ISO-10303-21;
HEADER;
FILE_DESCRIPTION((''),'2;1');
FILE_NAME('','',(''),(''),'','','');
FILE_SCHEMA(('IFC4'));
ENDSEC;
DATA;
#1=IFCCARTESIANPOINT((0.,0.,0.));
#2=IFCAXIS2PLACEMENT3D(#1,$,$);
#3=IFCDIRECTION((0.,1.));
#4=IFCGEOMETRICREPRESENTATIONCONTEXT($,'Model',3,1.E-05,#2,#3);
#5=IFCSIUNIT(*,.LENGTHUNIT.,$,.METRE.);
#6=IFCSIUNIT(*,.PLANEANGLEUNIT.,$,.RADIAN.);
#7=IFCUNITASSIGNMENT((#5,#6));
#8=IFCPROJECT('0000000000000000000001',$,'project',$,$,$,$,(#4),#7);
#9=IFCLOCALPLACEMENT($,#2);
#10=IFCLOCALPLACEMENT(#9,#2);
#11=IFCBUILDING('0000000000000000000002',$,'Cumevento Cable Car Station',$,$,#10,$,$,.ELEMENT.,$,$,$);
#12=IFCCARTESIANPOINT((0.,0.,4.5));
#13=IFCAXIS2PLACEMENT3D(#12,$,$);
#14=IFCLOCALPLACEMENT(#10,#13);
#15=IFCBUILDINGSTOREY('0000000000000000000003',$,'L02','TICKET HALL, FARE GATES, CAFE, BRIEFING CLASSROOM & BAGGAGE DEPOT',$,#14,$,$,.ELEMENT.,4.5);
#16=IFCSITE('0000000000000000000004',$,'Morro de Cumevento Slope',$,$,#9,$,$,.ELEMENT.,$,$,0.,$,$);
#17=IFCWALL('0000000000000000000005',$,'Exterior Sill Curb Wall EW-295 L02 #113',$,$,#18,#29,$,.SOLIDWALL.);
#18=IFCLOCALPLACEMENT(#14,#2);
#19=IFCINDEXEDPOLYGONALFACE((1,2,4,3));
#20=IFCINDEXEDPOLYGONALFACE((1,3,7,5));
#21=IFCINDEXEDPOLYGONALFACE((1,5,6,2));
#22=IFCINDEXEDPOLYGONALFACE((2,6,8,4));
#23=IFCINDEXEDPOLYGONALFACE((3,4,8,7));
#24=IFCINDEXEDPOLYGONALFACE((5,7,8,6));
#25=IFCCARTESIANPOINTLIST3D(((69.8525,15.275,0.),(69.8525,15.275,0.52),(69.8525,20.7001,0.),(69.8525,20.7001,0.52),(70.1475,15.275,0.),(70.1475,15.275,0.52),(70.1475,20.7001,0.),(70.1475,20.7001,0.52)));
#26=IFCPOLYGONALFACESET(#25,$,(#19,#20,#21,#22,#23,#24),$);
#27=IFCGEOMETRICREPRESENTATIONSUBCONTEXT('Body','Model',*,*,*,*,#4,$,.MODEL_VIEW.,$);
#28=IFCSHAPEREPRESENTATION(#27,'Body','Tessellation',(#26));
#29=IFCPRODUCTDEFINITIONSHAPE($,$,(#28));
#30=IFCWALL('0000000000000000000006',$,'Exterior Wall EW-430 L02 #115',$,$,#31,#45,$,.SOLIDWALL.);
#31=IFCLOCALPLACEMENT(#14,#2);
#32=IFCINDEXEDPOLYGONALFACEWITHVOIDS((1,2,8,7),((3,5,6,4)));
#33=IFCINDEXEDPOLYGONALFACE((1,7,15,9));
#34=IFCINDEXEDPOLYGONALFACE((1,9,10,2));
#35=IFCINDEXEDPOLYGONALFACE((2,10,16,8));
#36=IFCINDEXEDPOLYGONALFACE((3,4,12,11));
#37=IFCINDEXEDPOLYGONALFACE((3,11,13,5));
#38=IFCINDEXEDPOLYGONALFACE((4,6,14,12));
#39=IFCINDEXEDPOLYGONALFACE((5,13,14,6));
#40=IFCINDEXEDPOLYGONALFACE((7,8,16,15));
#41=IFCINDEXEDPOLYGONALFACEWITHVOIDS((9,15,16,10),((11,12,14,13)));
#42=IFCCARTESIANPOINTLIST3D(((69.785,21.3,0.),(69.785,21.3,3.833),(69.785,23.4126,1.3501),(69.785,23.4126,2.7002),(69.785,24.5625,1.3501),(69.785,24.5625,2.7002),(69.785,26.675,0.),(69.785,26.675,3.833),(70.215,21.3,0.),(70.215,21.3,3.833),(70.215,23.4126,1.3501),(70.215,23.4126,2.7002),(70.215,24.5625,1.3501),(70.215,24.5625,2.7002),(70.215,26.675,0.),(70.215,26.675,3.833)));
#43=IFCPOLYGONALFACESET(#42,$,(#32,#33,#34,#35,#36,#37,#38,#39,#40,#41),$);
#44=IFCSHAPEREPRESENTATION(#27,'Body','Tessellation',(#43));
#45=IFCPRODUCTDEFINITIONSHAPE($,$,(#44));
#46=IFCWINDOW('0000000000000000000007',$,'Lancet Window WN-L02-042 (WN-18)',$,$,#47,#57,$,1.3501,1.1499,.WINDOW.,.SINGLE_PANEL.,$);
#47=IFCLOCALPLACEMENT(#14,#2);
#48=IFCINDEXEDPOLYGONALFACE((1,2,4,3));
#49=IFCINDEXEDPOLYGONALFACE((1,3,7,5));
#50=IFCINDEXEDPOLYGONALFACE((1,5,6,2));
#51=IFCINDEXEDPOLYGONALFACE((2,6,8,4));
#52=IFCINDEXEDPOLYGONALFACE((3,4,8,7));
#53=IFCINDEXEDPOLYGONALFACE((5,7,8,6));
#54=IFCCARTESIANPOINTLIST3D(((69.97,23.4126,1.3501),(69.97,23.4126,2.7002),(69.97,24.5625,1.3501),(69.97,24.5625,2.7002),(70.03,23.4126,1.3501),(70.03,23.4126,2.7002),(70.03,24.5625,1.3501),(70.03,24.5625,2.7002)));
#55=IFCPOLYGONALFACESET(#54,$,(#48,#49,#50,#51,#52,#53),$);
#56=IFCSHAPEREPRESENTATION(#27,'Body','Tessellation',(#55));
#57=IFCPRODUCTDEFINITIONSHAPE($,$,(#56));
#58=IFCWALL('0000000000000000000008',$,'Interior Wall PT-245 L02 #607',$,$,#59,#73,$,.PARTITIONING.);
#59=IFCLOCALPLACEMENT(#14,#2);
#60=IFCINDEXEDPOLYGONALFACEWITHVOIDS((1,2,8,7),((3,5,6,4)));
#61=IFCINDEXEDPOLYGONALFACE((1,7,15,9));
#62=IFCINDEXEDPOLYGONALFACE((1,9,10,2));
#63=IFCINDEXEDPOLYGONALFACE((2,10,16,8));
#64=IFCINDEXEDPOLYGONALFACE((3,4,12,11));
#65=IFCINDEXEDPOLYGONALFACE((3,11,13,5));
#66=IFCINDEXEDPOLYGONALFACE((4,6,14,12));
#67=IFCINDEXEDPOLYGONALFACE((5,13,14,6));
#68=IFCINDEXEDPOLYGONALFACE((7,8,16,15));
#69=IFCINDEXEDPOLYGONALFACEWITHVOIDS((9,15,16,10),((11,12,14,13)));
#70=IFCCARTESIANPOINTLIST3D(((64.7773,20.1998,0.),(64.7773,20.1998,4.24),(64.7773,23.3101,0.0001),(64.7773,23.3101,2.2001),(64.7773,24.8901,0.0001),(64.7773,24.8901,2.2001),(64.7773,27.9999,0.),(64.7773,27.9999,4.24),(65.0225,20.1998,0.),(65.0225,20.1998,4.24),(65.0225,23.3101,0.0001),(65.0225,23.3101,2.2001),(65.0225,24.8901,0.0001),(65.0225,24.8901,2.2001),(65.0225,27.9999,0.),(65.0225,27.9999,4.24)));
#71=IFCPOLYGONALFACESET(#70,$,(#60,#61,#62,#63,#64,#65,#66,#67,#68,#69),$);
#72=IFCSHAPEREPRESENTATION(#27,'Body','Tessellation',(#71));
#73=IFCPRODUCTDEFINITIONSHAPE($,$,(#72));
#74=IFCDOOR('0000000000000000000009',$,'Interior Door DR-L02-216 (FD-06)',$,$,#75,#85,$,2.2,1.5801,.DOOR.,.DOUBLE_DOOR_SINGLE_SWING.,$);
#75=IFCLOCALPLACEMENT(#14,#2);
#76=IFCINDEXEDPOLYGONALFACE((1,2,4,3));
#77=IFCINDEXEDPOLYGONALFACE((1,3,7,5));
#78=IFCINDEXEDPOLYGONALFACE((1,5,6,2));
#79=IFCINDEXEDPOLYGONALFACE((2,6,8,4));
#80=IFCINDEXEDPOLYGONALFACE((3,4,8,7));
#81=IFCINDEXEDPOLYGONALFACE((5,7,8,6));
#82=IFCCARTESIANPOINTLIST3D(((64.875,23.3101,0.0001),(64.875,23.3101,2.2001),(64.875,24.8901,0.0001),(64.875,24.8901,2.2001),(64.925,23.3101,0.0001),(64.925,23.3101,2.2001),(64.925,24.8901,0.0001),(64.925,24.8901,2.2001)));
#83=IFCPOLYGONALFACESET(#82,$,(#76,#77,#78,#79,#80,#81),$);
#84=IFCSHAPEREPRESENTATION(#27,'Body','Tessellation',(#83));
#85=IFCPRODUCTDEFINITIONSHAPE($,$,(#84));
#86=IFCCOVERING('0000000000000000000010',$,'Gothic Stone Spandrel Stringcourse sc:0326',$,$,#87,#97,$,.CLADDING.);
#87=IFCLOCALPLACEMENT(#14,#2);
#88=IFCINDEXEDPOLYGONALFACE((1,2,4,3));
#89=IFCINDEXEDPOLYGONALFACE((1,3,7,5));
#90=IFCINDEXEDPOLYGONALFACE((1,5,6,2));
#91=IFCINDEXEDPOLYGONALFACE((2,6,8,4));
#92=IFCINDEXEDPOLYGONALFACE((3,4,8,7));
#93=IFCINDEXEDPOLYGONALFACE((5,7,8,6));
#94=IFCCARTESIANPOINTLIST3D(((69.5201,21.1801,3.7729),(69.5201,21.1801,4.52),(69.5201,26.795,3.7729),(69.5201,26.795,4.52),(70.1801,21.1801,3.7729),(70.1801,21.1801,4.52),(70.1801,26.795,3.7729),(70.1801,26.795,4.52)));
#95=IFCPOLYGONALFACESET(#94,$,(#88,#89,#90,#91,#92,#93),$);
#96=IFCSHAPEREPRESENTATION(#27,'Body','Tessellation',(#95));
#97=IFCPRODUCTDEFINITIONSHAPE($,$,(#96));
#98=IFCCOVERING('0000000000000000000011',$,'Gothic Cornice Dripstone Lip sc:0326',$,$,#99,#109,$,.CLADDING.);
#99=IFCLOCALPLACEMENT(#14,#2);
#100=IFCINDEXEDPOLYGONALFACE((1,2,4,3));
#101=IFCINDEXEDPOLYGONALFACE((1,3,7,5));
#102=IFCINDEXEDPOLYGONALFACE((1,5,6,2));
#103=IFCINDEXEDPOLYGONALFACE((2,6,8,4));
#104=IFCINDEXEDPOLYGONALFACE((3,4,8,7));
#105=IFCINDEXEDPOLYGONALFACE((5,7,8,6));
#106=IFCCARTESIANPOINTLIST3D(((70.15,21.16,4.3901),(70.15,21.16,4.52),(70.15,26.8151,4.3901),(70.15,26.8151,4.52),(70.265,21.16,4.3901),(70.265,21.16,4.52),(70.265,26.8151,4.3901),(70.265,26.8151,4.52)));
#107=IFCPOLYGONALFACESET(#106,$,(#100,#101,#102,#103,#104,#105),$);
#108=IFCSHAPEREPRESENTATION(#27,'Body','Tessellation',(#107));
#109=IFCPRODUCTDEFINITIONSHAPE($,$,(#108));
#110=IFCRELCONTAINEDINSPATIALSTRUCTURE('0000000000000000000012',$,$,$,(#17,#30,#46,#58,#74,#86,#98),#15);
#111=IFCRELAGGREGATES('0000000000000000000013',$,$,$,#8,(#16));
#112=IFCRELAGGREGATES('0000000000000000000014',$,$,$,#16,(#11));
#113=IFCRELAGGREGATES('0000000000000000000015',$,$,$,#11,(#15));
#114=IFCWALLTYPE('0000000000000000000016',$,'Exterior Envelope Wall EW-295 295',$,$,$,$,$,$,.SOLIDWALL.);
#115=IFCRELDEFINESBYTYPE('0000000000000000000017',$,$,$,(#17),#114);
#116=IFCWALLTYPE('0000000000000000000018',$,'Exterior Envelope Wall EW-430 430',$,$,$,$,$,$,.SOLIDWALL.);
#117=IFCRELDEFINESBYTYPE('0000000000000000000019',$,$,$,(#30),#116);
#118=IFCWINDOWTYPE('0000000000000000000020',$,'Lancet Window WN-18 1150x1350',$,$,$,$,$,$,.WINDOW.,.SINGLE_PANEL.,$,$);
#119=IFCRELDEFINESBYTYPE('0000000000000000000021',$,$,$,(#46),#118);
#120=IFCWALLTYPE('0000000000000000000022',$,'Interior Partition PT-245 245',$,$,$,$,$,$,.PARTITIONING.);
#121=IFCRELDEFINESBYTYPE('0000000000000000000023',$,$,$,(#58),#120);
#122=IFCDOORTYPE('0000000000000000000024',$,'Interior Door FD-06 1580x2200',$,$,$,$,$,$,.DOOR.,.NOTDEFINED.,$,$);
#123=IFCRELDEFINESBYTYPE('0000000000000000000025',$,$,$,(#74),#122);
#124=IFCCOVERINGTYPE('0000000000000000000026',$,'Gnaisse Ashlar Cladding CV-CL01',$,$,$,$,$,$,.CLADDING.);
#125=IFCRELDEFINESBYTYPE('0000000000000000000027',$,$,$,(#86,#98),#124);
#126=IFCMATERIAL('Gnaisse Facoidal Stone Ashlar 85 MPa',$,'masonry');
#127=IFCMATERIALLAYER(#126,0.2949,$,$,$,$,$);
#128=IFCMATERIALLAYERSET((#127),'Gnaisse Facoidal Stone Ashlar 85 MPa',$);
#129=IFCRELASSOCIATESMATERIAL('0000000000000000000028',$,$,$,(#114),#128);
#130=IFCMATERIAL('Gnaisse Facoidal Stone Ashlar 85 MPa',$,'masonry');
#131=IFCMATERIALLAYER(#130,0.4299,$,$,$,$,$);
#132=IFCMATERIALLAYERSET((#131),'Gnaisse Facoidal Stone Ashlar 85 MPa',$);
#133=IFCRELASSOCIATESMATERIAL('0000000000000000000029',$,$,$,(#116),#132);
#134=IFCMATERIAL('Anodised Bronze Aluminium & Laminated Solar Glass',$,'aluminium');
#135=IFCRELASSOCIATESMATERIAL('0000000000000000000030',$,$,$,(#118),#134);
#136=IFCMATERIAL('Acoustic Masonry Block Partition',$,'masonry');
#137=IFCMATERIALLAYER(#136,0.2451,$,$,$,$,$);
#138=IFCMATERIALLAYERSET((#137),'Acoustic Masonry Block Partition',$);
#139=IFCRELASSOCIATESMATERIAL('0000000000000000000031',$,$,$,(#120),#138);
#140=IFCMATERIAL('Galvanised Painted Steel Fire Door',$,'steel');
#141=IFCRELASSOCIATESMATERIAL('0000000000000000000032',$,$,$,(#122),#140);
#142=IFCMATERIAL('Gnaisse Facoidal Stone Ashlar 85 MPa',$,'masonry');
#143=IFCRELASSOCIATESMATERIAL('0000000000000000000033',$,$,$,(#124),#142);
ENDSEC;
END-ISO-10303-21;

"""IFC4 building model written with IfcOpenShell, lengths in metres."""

from ifc_helpers import new_model, si_unit, direction, frame, frame_2d, origin, origin_2d, place, context, subcontext, project, spatial, rectangle, extrude, material, layer, layer_set, type_object, element, fill, save


model = new_model("IFC4")

# Units and contexts
model_context = context("Model", 3, precision=1e-05, world=origin(), true_north=direction((0.0, 1.0)))
body_context = subcontext(model_context, "Body", "Model", "MODEL_VIEW")
ifc_project = project(units=[si_unit("LENGTHUNIT", "METRE"), si_unit("PLANEANGLEUNIT", "RADIAN")], contexts=[model_context])

# Site, building, storey
site_placement = place(None, origin())
site = spatial("IfcSite", under=ifc_project, at=site_placement, Name="Morro de Cumevento Slope", CompositionType="ELEMENT", RefElevation=0.0)
building_placement = place(site_placement, origin())
building = spatial("IfcBuilding", under=site, at=building_placement, Name="Cumevento Cable Car Station", CompositionType="ELEMENT")
storey_placement = place(building_placement, frame((0.0, 0.0, 4.5)))
storey = spatial("IfcBuildingStorey", under=building, at=storey_placement, Name="L02", Description="TICKET HALL, FARE GATES, CAFE, BRIEFING CLASSROOM & BAGGAGE DEPOT", CompositionType="ELEMENT", Elevation=4.5)

# Wall
ifc_material_1 = material(Name="Gnaisse Facoidal Stone Ashlar 85 MPa", Category="masonry")
ifc_layer_1 = layer(ifc_material_1, 0.2949)
ifc_layer_set_1 = layer_set([ifc_layer_1], Name="Gnaisse Facoidal Stone Ashlar 85 MPa")
wall_type_1 = type_object("IfcWallType", Name="Exterior Envelope Wall EW-295 295", PredefinedType="SOLIDWALL", material=ifc_layer_set_1)
wall_1_placement = place(storey_placement, frame((70.0, 20.7, 0.0), z_axis=(0.0, 0.0, 1.0), x_axis=(0.0, -1.0, 0.0)))
element("IfcWall", 1, at=wall_1_placement, inside=storey, type_object=wall_type_1, Name="Exterior Sill Curb Wall EW-295 L02 #113", PredefinedType="SOLIDWALL", context=body_context, shape_type="SweptSolid", body=[
    extrude(rectangle(XDim=5.425, YDim=0.2949, at=frame_2d((2.7124, 0.0))), origin(), (0.0, 0.0, 1.0), 0.52),
])

# Wall, opening, window
ifc_material_2 = material(Name="Gnaisse Facoidal Stone Ashlar 85 MPa", Category="masonry")
ifc_layer_2 = layer(ifc_material_2, 0.4299)
ifc_layer_set_2 = layer_set([ifc_layer_2], Name="Gnaisse Facoidal Stone Ashlar 85 MPa")
wall_type_2 = type_object("IfcWallType", Name="Exterior Envelope Wall EW-430 430", PredefinedType="SOLIDWALL", material=ifc_layer_set_2)
wall_2_placement = place(storey_placement, frame((70.0, 26.675, 0.0), z_axis=(0.0, 0.0, 1.0), x_axis=(0.0, -1.0, 0.0)))
wall_2 = element("IfcWall", 2, at=wall_2_placement, inside=storey, type_object=wall_type_2, Name="Exterior Wall EW-430 L02 #115", PredefinedType="SOLIDWALL", context=body_context, shape_type="SweptSolid", body=[
    extrude(rectangle(XDim=5.375, YDim=0.4299, at=frame_2d((2.6875, 0.0))), origin(), (0.0, 0.0, 1.0), 3.833),
])
opening_1_placement = place(wall_2_placement, frame((2.1125, 0.0, 1.3501)))
opening_1 = element("IfcOpeningElement", 3, at=opening_1_placement, cuts=wall_2, PredefinedType="OPENING", context=body_context, shape_type="SweptSolid", body=[
    extrude(rectangle(XDim=1.1499, YDim=1.3501, at=frame_2d((0.575, 0.675))), frame((0.0, 0.2249, 0.0), z_axis=(0.0, -1.0, 0.0), x_axis=(1.0, 0.0, 0.0)), (0.0, 0.0, 1.0), 0.45),
])
ifc_material_3 = material(Name="Anodised Bronze Aluminium & Laminated Solar Glass", Category="aluminium")
window_type = type_object("IfcWindowType", Name="Lancet Window WN-18 1150x1350", PartitioningType="SINGLE_PANEL", PredefinedType="WINDOW", material=ifc_material_3)
window_placement = place(opening_1_placement, origin())
window = element("IfcWindow", 4, at=window_placement, inside=storey, type_object=window_type, Name="Lancet Window WN-L02-042 (WN-18)", OverallHeight=1.3501, OverallWidth=1.1499, PartitioningType="SINGLE_PANEL", PredefinedType="WINDOW", context=body_context, shape_type="SweptSolid", body=[
    extrude(rectangle(XDim=1.1499, YDim=1.3501, at=frame_2d((0.575, 0.675))), frame((0.0, 0.03, 0.0), z_axis=(0.0, -1.0, 0.0), x_axis=(1.0, 0.0, 0.0)), (0.0, 0.0, 1.0), 0.0601),
])
fill(opening_1, window)

# Wall, opening, door
ifc_material_4 = material(Name="Acoustic Masonry Block Partition", Category="masonry")
ifc_layer_3 = layer(ifc_material_4, 0.2451)
ifc_layer_set_3 = layer_set([ifc_layer_3], Name="Acoustic Masonry Block Partition")
wall_type_3 = type_object("IfcWallType", Name="Interior Partition PT-245 245", PredefinedType="PARTITIONING", material=ifc_layer_set_3)
wall_3_placement = place(storey_placement, frame((64.8999, 20.2, 0.0), z_axis=(0.0, 0.0, 1.0), x_axis=(0.0, 1.0, 0.0)))
wall_3 = element("IfcWall", 5, at=wall_3_placement, inside=storey, type_object=wall_type_3, Name="Interior Wall PT-245 L02 #607", PredefinedType="PARTITIONING", context=body_context, shape_type="SweptSolid", body=[
    extrude(rectangle(XDim=7.8, YDim=0.2451, at=frame_2d((3.8999, 0.0))), origin(), (0.0, 0.0, 1.0), 4.24),
])
opening_2_placement = place(wall_3_placement, frame((3.1101, 0.0, 0.0)))
opening_2 = element("IfcOpeningElement", 6, at=opening_2_placement, cuts=wall_3, PredefinedType="OPENING", context=body_context, shape_type="SweptSolid", body=[
    extrude(rectangle(XDim=1.5801, YDim=2.2, at=frame_2d((0.79, 1.1001))), frame((0.0, 0.1326, 0.0), z_axis=(0.0, -1.0, 0.0), x_axis=(1.0, 0.0, 0.0)), (0.0, 0.0, 1.0), 0.2651),
])
ifc_material_5 = material(Name="Galvanised Painted Steel Fire Door", Category="steel")
door_type = type_object("IfcDoorType", Name="Interior Door FD-06 1580x2200", OperationType="NOTDEFINED", PredefinedType="DOOR", material=ifc_material_5)
door_placement = place(opening_2_placement, origin())
door = element("IfcDoor", 7, at=door_placement, inside=storey, type_object=door_type, Name="Interior Door DR-L02-216 (FD-06)", OperationType="DOUBLE_DOOR_SINGLE_SWING", OverallHeight=2.2, OverallWidth=1.5801, PredefinedType="DOOR", context=body_context, shape_type="SweptSolid", body=[
    extrude(rectangle(XDim=1.5801, YDim=2.2, at=frame_2d((0.79, 1.1001))), frame((0.0, 0.0249, 0.0), z_axis=(0.0, -1.0, 0.0), x_axis=(1.0, 0.0, 0.0)), (0.0, 0.0, 1.0), 0.05),
])
fill(opening_2, door)

# Coverings
ifc_material_6 = material(Name="Gnaisse Facoidal Stone Ashlar 85 MPa", Category="masonry")
covering_type = type_object("IfcCoveringType", Name="Gnaisse Ashlar Cladding CV-CL01", PredefinedType="CLADDING", material=ifc_material_6)
covering_1_placement = place(storey_placement, frame((69.8501, 23.9875, 3.7729), z_axis=(0.0, 0.0, 1.0), x_axis=(0.0, -1.0, 0.0)))
element("IfcCovering", 8, at=covering_1_placement, inside=storey, type_object=covering_type, Name="Gothic Stone Spandrel Stringcourse sc:0326", PredefinedType="CLADDING", context=body_context, shape_type="SweptSolid", body=[
    extrude(rectangle(XDim=5.615, YDim=0.6599, at=origin_2d()), origin(), (0.0, 0.0, 1.0), 0.7471),
])
covering_2_placement = place(storey_placement, frame((70.2075, 23.9875, 4.3901), z_axis=(0.0, 0.0, 1.0), x_axis=(0.0, -1.0, 0.0)))
element("IfcCovering", 9, at=covering_2_placement, inside=storey, type_object=covering_type, Name="Gothic Cornice Dripstone Lip sc:0326", PredefinedType="CLADDING", context=body_context, shape_type="SweptSolid", body=[
    extrude(rectangle(XDim=5.655, YDim=0.115, at=origin_2d()), origin(), (0.0, 0.0, 1.0), 0.1299),
])

save(model, "model.ifc")
